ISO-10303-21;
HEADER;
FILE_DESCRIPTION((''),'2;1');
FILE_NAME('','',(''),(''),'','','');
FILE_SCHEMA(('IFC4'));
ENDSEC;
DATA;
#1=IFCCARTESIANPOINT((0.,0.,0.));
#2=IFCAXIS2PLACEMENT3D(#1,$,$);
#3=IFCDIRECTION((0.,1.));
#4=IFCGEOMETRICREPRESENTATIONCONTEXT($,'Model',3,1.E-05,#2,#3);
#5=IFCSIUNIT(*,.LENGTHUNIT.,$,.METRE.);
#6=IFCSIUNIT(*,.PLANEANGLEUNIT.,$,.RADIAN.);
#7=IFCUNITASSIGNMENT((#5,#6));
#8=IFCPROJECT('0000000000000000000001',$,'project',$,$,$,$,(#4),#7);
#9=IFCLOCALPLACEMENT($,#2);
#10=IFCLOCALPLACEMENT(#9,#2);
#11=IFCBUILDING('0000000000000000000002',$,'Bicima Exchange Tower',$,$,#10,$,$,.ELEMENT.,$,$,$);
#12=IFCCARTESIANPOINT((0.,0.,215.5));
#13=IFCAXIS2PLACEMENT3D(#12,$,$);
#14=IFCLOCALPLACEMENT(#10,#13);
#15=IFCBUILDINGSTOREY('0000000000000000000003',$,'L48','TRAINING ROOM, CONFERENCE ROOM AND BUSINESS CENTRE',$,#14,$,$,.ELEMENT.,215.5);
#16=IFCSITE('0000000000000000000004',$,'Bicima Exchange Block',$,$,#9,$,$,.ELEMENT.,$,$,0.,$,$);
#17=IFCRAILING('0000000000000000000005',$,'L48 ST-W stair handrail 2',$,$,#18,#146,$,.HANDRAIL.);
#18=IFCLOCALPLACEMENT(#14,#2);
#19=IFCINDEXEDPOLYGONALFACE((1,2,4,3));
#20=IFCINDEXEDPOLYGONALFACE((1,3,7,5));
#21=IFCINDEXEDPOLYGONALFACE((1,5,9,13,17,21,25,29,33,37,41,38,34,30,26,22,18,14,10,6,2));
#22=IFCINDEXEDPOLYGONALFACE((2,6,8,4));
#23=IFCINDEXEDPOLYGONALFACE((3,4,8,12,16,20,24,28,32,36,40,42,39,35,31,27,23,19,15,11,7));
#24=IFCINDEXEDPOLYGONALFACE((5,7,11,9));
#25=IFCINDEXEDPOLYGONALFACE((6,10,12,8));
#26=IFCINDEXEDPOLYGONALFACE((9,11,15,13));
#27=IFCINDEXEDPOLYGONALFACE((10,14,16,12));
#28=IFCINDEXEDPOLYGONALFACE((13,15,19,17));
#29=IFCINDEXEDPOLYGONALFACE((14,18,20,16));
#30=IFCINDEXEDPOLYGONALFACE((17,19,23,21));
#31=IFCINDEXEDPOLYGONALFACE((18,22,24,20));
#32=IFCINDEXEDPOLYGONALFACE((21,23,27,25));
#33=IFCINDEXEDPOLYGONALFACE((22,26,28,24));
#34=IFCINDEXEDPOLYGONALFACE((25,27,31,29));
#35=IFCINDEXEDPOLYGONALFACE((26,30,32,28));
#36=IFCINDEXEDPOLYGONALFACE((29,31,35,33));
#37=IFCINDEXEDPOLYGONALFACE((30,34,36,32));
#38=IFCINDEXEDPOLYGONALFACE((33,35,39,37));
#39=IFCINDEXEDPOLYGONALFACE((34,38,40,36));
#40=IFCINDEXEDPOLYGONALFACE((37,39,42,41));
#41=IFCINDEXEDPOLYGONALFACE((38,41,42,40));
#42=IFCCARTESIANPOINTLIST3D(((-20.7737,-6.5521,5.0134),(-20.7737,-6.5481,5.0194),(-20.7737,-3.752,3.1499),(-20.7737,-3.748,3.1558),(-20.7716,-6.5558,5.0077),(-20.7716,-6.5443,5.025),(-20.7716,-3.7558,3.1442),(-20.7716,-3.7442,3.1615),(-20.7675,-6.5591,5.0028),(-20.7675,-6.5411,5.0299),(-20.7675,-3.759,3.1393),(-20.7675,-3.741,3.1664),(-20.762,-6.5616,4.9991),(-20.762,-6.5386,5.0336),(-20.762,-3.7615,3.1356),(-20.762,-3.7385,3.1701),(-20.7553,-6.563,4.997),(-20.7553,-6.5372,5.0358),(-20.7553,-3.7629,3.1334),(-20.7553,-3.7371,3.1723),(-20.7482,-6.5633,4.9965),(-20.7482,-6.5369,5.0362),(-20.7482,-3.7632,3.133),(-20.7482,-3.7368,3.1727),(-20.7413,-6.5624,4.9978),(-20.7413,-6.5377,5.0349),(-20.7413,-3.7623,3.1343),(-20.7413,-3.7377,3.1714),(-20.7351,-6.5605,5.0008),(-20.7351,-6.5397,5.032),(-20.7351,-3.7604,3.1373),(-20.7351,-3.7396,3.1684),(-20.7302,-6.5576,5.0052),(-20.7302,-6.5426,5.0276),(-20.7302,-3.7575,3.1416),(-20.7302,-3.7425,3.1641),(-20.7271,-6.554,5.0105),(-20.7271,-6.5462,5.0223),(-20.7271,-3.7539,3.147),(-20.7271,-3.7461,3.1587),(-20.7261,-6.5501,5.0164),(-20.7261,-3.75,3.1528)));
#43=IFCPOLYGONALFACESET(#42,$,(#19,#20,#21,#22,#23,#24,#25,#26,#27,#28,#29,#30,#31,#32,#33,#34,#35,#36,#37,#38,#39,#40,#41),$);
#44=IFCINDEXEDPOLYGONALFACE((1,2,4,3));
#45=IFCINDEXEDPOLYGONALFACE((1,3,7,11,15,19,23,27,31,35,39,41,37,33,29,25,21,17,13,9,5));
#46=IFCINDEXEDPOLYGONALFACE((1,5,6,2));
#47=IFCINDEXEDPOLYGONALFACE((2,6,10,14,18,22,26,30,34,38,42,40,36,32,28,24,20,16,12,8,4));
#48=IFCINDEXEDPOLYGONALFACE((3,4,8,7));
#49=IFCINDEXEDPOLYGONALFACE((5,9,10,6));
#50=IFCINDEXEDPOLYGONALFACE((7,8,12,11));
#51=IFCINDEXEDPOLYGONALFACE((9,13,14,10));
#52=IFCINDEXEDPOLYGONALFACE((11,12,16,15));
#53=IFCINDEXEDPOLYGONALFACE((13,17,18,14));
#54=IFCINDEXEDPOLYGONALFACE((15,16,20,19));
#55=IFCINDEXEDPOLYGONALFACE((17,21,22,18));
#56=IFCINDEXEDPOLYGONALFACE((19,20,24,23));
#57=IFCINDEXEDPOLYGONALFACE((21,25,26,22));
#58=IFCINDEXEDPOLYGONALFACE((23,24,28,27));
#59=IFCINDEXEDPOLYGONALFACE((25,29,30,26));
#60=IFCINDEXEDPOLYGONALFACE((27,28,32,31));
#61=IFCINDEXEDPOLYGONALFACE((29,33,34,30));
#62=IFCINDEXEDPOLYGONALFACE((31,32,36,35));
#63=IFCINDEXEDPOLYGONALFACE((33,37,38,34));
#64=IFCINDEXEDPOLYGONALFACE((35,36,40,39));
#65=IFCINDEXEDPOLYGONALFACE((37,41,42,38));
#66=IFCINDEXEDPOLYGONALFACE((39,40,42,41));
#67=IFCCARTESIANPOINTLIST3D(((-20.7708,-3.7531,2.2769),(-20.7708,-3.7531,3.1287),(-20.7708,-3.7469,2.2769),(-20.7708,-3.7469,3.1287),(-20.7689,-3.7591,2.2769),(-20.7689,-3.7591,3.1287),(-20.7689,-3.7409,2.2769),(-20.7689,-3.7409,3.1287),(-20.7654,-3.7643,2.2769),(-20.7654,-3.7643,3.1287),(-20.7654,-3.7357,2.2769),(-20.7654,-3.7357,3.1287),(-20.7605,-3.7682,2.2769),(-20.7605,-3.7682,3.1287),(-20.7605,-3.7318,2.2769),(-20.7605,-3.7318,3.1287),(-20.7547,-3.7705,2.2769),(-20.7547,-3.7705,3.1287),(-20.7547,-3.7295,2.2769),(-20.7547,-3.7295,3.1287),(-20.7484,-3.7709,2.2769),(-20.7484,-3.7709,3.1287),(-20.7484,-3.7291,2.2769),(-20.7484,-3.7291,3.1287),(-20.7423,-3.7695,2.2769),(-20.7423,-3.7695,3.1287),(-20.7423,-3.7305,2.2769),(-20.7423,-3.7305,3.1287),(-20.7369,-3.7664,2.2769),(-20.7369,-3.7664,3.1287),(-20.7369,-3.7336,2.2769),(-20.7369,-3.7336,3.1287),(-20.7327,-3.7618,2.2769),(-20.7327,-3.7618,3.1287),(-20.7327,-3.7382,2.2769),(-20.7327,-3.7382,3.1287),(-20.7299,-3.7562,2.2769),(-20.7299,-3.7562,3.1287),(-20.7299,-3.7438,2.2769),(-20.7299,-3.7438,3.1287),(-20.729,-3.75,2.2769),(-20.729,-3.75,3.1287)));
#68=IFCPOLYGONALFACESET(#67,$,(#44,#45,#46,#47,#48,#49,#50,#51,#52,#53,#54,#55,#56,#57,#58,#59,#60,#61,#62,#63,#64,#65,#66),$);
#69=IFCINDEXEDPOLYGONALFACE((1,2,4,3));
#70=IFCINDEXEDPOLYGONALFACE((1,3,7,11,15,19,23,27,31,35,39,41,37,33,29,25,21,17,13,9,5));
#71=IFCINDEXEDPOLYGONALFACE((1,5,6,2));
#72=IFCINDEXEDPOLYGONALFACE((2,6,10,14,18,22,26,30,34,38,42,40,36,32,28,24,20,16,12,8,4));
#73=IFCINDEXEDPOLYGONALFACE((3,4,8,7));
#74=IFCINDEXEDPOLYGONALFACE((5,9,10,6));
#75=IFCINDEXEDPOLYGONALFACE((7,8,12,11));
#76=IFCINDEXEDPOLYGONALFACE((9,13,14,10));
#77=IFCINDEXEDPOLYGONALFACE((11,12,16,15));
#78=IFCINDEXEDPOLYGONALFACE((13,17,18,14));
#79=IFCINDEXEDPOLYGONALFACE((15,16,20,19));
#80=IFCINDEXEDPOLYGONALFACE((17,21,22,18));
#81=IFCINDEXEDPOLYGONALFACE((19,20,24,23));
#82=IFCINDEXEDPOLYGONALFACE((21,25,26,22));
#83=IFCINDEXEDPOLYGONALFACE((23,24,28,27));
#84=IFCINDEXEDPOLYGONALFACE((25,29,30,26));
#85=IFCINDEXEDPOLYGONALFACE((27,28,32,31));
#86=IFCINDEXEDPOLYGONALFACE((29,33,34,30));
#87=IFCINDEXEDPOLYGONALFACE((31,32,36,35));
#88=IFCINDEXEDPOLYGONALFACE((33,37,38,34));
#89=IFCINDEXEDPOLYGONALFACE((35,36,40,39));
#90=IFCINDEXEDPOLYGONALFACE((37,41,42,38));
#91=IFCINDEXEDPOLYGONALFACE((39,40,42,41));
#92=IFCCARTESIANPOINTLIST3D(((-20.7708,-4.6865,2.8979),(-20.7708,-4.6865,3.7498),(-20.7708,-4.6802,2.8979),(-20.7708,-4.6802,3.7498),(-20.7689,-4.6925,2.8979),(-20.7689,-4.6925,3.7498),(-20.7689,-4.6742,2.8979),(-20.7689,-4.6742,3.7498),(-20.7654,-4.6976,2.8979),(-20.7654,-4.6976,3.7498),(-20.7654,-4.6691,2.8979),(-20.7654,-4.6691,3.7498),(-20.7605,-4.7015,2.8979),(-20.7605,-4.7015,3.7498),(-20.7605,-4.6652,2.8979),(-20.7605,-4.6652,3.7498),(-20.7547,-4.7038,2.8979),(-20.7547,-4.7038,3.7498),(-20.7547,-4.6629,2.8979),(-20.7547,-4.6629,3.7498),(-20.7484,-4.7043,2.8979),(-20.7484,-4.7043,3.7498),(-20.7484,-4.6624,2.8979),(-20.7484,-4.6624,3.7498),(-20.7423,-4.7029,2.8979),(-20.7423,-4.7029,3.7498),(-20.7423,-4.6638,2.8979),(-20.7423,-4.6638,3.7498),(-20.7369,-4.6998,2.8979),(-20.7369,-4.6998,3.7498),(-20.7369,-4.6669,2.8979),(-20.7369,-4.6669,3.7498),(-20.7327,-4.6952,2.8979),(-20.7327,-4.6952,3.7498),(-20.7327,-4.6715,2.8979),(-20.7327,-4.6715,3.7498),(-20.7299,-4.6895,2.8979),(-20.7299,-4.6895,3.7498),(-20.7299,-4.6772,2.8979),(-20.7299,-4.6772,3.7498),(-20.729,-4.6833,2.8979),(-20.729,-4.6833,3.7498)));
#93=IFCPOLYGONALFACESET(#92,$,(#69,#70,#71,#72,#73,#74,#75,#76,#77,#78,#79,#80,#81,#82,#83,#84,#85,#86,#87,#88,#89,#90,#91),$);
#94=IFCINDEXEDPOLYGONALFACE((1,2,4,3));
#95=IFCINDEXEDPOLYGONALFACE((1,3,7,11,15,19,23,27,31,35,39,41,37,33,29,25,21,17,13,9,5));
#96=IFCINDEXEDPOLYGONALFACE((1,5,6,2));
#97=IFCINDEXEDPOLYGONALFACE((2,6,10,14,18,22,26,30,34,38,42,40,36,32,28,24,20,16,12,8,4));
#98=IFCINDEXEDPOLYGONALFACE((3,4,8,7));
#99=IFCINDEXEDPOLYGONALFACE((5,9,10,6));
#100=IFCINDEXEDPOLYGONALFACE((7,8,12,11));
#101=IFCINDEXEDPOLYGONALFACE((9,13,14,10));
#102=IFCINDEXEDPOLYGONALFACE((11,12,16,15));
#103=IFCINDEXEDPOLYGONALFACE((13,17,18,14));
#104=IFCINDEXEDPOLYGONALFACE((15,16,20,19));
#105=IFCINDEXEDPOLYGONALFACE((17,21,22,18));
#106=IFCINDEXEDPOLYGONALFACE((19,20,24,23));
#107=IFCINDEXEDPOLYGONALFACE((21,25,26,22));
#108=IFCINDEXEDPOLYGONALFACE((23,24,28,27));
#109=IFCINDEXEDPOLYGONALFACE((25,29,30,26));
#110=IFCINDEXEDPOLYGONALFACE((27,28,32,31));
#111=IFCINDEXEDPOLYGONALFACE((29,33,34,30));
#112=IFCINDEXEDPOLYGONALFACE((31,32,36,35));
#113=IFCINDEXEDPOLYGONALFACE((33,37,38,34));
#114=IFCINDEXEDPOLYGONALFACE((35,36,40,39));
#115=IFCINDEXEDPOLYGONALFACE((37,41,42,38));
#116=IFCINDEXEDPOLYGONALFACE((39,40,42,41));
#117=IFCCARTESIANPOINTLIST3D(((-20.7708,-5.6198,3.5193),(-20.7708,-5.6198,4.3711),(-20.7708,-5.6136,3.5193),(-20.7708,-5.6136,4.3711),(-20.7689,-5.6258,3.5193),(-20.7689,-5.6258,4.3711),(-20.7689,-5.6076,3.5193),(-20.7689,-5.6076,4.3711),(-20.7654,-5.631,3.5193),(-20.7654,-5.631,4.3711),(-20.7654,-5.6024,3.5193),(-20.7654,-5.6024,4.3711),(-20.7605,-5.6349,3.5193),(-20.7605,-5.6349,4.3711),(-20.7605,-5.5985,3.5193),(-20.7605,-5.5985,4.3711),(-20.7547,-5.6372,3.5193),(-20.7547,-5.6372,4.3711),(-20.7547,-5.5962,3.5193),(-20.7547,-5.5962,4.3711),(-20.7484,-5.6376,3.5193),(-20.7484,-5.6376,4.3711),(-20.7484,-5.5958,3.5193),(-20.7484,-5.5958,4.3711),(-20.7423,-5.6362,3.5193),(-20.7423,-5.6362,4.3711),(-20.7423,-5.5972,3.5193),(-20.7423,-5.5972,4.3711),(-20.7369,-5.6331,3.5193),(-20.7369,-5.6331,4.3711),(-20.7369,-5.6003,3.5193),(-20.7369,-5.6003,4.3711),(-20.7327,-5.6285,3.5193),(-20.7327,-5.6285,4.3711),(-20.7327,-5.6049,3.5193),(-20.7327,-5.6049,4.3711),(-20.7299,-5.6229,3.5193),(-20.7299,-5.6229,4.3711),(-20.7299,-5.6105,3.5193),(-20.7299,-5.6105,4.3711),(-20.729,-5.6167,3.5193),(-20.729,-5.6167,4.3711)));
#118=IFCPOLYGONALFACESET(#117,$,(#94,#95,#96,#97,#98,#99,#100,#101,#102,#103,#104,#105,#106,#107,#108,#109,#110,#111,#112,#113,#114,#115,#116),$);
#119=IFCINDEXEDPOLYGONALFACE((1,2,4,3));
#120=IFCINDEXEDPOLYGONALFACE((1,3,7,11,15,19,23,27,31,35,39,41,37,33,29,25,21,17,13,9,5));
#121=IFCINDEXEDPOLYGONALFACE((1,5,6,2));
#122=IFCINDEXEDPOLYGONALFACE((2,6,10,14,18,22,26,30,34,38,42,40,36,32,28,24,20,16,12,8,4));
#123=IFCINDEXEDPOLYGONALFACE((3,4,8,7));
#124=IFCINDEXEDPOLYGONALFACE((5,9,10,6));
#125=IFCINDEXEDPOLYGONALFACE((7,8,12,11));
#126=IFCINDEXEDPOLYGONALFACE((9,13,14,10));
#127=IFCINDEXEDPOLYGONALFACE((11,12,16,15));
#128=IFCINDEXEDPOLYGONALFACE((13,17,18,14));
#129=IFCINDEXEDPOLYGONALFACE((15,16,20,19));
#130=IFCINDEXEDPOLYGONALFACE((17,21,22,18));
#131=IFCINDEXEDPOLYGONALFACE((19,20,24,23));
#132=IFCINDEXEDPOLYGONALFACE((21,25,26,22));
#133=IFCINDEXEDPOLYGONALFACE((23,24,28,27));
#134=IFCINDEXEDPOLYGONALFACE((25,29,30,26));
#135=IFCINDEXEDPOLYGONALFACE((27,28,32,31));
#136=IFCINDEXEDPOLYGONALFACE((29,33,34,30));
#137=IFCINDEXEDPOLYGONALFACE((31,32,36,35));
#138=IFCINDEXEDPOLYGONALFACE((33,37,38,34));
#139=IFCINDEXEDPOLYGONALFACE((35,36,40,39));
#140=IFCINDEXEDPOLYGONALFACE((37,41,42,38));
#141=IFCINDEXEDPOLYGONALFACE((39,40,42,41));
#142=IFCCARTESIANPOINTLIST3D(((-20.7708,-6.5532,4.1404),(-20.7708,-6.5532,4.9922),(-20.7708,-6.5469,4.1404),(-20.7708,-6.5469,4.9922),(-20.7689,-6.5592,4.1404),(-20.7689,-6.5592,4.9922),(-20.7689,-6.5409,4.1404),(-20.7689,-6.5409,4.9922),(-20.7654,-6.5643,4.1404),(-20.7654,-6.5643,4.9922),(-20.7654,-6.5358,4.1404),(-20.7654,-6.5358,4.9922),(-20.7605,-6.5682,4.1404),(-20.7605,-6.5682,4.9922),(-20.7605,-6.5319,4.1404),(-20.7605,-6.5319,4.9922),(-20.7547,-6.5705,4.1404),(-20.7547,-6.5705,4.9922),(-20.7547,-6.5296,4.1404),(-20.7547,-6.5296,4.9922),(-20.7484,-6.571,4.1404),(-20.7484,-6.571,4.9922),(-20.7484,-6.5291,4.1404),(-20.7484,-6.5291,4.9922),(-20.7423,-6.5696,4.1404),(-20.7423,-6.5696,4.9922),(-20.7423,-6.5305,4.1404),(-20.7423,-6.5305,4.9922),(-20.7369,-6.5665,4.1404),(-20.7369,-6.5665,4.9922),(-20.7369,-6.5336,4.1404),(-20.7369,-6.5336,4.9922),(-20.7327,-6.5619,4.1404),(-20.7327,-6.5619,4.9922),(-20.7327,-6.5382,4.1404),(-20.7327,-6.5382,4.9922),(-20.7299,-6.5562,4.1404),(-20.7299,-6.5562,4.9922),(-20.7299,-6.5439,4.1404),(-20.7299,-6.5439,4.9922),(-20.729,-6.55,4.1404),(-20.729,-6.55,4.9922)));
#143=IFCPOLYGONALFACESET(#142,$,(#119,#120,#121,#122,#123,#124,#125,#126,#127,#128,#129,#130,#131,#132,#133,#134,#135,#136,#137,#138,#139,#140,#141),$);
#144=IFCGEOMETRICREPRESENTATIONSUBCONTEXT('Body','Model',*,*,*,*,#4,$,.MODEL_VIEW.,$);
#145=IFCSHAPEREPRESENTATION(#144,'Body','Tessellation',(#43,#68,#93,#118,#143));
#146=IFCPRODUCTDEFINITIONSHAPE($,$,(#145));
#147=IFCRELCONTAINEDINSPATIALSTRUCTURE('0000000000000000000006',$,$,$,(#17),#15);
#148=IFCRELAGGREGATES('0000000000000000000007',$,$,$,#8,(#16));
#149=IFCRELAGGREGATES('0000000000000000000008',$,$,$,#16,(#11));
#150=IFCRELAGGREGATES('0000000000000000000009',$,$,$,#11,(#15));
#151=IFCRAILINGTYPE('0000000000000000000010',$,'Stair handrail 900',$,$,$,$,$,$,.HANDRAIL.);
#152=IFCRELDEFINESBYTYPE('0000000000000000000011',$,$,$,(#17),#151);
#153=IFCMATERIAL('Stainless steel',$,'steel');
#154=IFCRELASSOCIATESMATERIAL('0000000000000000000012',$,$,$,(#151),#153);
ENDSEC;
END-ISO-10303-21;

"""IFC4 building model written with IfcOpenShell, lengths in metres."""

from ifc_helpers import new_model, si_unit, direction, frame, origin, origin_2d, place, context, subcontext, project, spatial, circle, extrude, material, type_object, element, save


model = new_model("IFC4")

# Units and contexts
model_context = context("Model", 3, precision=1e-05, world=origin(), true_north=direction((0.0, 1.0)))
body_context = subcontext(model_context, "Body", "Model", "MODEL_VIEW")
ifc_project = project(units=[si_unit("LENGTHUNIT", "METRE"), si_unit("PLANEANGLEUNIT", "RADIAN")], contexts=[model_context])

# Site, building, storey
site_placement = place(None, origin())
site = spatial("IfcSite", under=ifc_project, at=site_placement, Name="Bicima Exchange Block", CompositionType="ELEMENT", RefElevation=0.0)
building_placement = place(site_placement, origin())
building = spatial("IfcBuilding", under=site, at=building_placement, Name="Bicima Exchange Tower", CompositionType="ELEMENT")
storey_placement = place(building_placement, frame((0.0, 0.0, 215.5)))
storey = spatial("IfcBuildingStorey", under=building, at=storey_placement, Name="L48", Description="TRAINING ROOM, CONFERENCE ROOM AND BUSINESS CENTRE", CompositionType="ELEMENT", Elevation=215.5)

# Railing
ifc_material_1 = material(Name="Stainless steel", Category="steel")
railing_type = type_object("IfcRailingType", Name="Stair handrail 900", PredefinedType="HANDRAIL", material=ifc_material_1)
railing_placement = place(storey_placement, frame((-20.75, -3.75, 2.2769)))
element("IfcRailing", 1, at=railing_placement, inside=storey, type_object=railing_type, Name="L48 ST-W stair handrail 2", PredefinedType="HANDRAIL", context=body_context, shape_type="SweptSolid", body=[
    extrude(circle(Radius=0.0239, at=origin_2d()), frame((0.0, 0.0, 0.876), z_axis=(0.0, -0.832486, 0.554047), x_axis=(1.0, 0.0, 0.0)), (0.0, 0.0, 1.0), 3.3635),
    extrude(circle(Radius=0.021, at=origin_2d()), origin(), (0.0, 0.0, 1.0), 0.8518),
    extrude(circle(Radius=0.021, at=origin_2d()), frame((0.0, -0.9333, 0.6211)), (0.0, 0.0, 1.0), 0.8518),
    extrude(circle(Radius=0.021, at=origin_2d()), frame((0.0, -1.8667, 1.2424)), (0.0, 0.0, 1.0), 0.8518),
    extrude(circle(Radius=0.021, at=origin_2d()), frame((0.0, -2.8, 1.8635)), (0.0, 0.0, 1.0), 0.8518),
])

save(model, "model.ifc")
